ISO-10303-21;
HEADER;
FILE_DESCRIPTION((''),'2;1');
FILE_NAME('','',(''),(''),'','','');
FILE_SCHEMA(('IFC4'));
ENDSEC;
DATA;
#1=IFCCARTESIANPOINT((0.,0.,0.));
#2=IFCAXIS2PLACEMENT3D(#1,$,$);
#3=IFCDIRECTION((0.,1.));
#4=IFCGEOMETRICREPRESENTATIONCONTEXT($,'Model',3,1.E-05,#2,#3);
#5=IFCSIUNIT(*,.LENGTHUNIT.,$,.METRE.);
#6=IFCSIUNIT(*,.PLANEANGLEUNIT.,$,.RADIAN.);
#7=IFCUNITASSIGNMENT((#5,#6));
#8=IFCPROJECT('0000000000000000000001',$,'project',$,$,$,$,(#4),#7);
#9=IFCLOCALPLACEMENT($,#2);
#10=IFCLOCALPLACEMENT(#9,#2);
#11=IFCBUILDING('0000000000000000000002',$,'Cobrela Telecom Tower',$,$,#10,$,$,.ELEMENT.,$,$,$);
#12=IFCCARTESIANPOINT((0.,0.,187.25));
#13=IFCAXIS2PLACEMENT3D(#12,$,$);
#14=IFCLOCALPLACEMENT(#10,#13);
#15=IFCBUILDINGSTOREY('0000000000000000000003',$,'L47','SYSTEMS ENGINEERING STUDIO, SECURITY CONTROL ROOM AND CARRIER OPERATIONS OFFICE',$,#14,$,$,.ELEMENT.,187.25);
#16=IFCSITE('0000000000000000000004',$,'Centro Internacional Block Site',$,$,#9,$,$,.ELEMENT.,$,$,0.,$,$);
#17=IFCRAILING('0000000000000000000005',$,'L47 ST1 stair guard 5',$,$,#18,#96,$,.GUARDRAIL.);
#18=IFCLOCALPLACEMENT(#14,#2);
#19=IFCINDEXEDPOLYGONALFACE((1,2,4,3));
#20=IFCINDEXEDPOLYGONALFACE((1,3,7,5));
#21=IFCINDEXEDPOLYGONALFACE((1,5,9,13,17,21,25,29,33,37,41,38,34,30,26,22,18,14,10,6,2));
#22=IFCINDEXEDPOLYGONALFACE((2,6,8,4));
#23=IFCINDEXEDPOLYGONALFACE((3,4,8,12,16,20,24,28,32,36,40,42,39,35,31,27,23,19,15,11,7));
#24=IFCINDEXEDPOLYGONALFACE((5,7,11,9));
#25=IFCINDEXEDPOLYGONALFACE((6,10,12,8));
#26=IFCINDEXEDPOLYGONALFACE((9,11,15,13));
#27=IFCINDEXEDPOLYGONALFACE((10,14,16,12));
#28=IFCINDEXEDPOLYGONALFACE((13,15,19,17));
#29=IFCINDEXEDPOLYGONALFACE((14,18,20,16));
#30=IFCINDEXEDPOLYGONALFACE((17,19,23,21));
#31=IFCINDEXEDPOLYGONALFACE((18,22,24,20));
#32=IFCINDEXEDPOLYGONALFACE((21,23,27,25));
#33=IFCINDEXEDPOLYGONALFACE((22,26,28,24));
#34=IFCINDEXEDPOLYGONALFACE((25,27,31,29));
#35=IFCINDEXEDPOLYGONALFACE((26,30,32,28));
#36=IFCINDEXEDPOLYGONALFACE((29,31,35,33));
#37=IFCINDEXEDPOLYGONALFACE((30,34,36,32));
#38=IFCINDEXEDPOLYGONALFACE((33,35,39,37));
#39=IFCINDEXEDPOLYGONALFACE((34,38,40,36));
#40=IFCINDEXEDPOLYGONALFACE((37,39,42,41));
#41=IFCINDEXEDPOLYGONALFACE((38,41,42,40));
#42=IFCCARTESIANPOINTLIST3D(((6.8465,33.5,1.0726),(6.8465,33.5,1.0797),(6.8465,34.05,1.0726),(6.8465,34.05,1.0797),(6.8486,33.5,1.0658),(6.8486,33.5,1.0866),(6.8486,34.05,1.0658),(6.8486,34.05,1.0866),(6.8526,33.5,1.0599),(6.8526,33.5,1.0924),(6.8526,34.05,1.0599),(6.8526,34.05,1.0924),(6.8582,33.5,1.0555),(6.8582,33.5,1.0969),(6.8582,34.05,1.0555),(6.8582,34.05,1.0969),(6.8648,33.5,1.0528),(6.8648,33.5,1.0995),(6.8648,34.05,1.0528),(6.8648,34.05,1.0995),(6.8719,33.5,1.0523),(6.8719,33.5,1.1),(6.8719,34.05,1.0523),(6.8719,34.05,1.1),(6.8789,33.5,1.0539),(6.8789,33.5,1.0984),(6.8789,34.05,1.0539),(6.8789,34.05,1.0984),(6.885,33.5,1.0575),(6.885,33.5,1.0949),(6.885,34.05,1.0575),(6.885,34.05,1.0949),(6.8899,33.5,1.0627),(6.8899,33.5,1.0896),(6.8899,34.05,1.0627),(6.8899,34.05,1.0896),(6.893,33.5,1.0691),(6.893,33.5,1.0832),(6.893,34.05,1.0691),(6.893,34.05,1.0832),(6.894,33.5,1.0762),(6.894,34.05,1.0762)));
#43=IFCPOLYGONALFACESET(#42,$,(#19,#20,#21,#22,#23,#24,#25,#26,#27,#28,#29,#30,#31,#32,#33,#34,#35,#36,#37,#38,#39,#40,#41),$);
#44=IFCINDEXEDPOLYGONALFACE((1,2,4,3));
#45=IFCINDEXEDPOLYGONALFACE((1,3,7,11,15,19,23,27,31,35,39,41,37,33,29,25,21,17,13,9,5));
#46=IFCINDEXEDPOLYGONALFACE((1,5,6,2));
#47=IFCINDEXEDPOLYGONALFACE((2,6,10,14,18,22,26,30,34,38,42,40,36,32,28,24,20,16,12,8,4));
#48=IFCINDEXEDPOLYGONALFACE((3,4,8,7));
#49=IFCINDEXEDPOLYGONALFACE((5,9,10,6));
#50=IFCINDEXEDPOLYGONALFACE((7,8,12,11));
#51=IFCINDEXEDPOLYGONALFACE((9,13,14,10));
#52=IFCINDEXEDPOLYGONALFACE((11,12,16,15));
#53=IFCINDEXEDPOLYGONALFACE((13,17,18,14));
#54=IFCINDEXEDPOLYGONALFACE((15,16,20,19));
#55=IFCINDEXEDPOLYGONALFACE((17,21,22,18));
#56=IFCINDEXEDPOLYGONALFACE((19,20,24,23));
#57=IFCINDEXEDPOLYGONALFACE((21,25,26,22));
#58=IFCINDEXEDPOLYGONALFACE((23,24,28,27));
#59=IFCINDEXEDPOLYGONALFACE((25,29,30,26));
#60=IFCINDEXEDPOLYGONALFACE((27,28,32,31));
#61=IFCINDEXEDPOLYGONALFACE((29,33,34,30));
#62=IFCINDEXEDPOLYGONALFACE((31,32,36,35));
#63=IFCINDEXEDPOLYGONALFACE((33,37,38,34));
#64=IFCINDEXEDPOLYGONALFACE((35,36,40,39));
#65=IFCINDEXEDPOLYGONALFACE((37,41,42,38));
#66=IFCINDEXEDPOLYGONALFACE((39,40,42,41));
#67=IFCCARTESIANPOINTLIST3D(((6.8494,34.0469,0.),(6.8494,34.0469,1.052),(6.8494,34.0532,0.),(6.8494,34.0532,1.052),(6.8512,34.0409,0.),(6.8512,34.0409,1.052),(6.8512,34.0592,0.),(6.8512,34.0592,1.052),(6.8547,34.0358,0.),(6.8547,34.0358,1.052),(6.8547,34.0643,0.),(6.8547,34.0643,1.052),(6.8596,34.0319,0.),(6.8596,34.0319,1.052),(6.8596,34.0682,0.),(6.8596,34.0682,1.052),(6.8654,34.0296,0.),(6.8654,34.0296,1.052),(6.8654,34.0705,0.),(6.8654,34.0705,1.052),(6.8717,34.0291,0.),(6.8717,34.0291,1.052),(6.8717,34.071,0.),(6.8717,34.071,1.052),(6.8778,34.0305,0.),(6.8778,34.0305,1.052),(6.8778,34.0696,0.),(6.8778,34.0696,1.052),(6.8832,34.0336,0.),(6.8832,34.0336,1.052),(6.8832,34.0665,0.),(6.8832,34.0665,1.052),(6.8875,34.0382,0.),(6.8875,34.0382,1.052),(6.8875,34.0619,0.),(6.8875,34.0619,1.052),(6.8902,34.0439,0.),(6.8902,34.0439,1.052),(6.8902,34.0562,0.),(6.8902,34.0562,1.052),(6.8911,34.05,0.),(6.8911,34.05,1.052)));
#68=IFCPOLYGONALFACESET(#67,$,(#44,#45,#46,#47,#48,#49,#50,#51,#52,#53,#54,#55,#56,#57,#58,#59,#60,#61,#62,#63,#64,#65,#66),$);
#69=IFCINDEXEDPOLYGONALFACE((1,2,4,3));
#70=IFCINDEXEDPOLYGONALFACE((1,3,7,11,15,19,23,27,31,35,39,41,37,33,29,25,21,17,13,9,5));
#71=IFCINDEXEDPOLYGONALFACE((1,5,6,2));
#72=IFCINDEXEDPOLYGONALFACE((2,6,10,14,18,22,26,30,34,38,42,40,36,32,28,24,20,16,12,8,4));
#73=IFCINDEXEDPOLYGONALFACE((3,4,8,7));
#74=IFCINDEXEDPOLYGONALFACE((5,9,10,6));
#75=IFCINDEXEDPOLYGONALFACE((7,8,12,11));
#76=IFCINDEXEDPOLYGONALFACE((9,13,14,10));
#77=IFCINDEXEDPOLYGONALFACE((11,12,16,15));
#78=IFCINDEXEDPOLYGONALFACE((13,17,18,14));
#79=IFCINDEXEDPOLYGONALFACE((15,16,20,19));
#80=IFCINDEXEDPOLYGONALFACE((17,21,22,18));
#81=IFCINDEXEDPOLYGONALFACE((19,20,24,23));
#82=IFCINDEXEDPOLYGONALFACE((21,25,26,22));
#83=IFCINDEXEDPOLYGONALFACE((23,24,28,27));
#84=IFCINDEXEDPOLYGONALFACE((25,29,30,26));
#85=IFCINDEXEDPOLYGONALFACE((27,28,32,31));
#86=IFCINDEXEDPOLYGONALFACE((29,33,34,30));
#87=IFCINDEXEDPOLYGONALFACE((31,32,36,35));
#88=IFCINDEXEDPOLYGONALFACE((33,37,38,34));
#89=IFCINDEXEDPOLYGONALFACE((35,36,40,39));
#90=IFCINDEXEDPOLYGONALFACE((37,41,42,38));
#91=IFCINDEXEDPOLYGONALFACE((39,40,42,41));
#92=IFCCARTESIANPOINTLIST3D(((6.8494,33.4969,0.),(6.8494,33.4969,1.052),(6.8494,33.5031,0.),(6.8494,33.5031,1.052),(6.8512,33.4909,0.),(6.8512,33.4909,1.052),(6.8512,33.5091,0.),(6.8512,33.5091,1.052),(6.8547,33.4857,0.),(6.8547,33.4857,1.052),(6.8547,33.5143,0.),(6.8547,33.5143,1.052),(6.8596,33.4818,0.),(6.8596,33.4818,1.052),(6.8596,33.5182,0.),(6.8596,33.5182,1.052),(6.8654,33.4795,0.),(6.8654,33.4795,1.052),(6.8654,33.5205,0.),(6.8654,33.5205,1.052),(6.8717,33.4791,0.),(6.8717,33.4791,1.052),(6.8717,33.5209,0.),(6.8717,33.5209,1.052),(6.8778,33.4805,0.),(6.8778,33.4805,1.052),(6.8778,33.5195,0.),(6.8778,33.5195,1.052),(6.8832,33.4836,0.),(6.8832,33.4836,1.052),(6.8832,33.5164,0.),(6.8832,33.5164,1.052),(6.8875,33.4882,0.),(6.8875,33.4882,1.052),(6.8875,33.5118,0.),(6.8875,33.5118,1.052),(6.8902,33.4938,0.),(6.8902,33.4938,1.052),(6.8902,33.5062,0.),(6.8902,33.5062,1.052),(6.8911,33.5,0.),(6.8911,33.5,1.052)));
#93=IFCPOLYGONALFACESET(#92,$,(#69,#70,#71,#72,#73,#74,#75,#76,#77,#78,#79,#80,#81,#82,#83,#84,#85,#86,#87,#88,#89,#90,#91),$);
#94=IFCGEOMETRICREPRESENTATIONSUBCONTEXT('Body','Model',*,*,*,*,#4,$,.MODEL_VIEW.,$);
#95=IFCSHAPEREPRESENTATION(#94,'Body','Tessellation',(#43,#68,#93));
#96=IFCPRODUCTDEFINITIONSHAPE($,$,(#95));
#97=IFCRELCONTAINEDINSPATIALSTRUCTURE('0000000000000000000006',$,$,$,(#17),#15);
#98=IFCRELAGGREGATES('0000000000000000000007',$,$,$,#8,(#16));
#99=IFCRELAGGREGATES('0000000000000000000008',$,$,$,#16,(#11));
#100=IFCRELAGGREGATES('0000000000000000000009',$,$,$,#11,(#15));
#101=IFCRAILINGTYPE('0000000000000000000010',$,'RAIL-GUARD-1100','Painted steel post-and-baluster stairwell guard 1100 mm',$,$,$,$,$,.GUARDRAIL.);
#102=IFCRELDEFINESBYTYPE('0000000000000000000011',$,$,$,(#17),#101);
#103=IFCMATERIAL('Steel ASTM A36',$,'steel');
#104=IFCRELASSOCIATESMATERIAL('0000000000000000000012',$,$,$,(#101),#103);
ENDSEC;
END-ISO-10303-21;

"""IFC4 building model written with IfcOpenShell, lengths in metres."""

from ifc_helpers import new_model, si_unit, direction, frame, origin, origin_2d, place, context, subcontext, project, spatial, circle, extrude, material, type_object, element, save


model = new_model("IFC4")

# Units and contexts
model_context = context("Model", 3, precision=1e-05, world=origin(), true_north=direction((0.0, 1.0)))
body_context = subcontext(model_context, "Body", "Model", "MODEL_VIEW")
ifc_project = project(units=[si_unit("LENGTHUNIT", "METRE"), si_unit("PLANEANGLEUNIT", "RADIAN")], contexts=[model_context])

# Site, building, storey
site_placement = place(None, origin())
site = spatial("IfcSite", under=ifc_project, at=site_placement, Name="Centro Internacional Block Site", CompositionType="ELEMENT", RefElevation=0.0)
building_placement = place(site_placement, origin())
building = spatial("IfcBuilding", under=site, at=building_placement, Name="Cobrela Telecom Tower", CompositionType="ELEMENT")
storey_placement = place(building_placement, frame((0.0, 0.0, 187.25)))
storey = spatial("IfcBuildingStorey", under=building, at=storey_placement, Name="L47", Description="SYSTEMS ENGINEERING STUDIO, SECURITY CONTROL ROOM AND CARRIER OPERATIONS OFFICE", CompositionType="ELEMENT", Elevation=187.25)

# Shared definitions
ifc_material_1 = material(Name="Steel ASTM A36", Category="steel")

# Railing
railing_type_1 = type_object("IfcRailingType", Name="RAIL-GUARD-1100", Description="Painted steel post-and-baluster stairwell guard 1100 mm", PredefinedType="GUARDRAIL", material=ifc_material_1)
railing_1_placement = place(storey_placement, frame((6.8701, 34.05, 0.0)))
element("IfcRailing", 1, at=railing_1_placement, inside=storey, type_object=railing_type_1, Name="L47 ST1 stair guard 5", PredefinedType="GUARDRAIL", context=body_context, shape_type="SweptSolid", body=[
    extrude(circle(Radius=0.0239, at=origin_2d()), frame((0.0, 0.0, 1.0762), z_axis=(0.0, -1.0, 0.0), x_axis=(1.0, 0.0, 0.0)), (0.0, 0.0, 1.0), 0.55),
    extrude(circle(Radius=0.021, at=origin_2d()), origin(), (0.0, 0.0, 1.0), 1.052),
    extrude(circle(Radius=0.021, at=origin_2d()), frame((0.0, -0.55, 0.0)), (0.0, 0.0, 1.0), 1.052),
])

save(model, "model.ifc")
